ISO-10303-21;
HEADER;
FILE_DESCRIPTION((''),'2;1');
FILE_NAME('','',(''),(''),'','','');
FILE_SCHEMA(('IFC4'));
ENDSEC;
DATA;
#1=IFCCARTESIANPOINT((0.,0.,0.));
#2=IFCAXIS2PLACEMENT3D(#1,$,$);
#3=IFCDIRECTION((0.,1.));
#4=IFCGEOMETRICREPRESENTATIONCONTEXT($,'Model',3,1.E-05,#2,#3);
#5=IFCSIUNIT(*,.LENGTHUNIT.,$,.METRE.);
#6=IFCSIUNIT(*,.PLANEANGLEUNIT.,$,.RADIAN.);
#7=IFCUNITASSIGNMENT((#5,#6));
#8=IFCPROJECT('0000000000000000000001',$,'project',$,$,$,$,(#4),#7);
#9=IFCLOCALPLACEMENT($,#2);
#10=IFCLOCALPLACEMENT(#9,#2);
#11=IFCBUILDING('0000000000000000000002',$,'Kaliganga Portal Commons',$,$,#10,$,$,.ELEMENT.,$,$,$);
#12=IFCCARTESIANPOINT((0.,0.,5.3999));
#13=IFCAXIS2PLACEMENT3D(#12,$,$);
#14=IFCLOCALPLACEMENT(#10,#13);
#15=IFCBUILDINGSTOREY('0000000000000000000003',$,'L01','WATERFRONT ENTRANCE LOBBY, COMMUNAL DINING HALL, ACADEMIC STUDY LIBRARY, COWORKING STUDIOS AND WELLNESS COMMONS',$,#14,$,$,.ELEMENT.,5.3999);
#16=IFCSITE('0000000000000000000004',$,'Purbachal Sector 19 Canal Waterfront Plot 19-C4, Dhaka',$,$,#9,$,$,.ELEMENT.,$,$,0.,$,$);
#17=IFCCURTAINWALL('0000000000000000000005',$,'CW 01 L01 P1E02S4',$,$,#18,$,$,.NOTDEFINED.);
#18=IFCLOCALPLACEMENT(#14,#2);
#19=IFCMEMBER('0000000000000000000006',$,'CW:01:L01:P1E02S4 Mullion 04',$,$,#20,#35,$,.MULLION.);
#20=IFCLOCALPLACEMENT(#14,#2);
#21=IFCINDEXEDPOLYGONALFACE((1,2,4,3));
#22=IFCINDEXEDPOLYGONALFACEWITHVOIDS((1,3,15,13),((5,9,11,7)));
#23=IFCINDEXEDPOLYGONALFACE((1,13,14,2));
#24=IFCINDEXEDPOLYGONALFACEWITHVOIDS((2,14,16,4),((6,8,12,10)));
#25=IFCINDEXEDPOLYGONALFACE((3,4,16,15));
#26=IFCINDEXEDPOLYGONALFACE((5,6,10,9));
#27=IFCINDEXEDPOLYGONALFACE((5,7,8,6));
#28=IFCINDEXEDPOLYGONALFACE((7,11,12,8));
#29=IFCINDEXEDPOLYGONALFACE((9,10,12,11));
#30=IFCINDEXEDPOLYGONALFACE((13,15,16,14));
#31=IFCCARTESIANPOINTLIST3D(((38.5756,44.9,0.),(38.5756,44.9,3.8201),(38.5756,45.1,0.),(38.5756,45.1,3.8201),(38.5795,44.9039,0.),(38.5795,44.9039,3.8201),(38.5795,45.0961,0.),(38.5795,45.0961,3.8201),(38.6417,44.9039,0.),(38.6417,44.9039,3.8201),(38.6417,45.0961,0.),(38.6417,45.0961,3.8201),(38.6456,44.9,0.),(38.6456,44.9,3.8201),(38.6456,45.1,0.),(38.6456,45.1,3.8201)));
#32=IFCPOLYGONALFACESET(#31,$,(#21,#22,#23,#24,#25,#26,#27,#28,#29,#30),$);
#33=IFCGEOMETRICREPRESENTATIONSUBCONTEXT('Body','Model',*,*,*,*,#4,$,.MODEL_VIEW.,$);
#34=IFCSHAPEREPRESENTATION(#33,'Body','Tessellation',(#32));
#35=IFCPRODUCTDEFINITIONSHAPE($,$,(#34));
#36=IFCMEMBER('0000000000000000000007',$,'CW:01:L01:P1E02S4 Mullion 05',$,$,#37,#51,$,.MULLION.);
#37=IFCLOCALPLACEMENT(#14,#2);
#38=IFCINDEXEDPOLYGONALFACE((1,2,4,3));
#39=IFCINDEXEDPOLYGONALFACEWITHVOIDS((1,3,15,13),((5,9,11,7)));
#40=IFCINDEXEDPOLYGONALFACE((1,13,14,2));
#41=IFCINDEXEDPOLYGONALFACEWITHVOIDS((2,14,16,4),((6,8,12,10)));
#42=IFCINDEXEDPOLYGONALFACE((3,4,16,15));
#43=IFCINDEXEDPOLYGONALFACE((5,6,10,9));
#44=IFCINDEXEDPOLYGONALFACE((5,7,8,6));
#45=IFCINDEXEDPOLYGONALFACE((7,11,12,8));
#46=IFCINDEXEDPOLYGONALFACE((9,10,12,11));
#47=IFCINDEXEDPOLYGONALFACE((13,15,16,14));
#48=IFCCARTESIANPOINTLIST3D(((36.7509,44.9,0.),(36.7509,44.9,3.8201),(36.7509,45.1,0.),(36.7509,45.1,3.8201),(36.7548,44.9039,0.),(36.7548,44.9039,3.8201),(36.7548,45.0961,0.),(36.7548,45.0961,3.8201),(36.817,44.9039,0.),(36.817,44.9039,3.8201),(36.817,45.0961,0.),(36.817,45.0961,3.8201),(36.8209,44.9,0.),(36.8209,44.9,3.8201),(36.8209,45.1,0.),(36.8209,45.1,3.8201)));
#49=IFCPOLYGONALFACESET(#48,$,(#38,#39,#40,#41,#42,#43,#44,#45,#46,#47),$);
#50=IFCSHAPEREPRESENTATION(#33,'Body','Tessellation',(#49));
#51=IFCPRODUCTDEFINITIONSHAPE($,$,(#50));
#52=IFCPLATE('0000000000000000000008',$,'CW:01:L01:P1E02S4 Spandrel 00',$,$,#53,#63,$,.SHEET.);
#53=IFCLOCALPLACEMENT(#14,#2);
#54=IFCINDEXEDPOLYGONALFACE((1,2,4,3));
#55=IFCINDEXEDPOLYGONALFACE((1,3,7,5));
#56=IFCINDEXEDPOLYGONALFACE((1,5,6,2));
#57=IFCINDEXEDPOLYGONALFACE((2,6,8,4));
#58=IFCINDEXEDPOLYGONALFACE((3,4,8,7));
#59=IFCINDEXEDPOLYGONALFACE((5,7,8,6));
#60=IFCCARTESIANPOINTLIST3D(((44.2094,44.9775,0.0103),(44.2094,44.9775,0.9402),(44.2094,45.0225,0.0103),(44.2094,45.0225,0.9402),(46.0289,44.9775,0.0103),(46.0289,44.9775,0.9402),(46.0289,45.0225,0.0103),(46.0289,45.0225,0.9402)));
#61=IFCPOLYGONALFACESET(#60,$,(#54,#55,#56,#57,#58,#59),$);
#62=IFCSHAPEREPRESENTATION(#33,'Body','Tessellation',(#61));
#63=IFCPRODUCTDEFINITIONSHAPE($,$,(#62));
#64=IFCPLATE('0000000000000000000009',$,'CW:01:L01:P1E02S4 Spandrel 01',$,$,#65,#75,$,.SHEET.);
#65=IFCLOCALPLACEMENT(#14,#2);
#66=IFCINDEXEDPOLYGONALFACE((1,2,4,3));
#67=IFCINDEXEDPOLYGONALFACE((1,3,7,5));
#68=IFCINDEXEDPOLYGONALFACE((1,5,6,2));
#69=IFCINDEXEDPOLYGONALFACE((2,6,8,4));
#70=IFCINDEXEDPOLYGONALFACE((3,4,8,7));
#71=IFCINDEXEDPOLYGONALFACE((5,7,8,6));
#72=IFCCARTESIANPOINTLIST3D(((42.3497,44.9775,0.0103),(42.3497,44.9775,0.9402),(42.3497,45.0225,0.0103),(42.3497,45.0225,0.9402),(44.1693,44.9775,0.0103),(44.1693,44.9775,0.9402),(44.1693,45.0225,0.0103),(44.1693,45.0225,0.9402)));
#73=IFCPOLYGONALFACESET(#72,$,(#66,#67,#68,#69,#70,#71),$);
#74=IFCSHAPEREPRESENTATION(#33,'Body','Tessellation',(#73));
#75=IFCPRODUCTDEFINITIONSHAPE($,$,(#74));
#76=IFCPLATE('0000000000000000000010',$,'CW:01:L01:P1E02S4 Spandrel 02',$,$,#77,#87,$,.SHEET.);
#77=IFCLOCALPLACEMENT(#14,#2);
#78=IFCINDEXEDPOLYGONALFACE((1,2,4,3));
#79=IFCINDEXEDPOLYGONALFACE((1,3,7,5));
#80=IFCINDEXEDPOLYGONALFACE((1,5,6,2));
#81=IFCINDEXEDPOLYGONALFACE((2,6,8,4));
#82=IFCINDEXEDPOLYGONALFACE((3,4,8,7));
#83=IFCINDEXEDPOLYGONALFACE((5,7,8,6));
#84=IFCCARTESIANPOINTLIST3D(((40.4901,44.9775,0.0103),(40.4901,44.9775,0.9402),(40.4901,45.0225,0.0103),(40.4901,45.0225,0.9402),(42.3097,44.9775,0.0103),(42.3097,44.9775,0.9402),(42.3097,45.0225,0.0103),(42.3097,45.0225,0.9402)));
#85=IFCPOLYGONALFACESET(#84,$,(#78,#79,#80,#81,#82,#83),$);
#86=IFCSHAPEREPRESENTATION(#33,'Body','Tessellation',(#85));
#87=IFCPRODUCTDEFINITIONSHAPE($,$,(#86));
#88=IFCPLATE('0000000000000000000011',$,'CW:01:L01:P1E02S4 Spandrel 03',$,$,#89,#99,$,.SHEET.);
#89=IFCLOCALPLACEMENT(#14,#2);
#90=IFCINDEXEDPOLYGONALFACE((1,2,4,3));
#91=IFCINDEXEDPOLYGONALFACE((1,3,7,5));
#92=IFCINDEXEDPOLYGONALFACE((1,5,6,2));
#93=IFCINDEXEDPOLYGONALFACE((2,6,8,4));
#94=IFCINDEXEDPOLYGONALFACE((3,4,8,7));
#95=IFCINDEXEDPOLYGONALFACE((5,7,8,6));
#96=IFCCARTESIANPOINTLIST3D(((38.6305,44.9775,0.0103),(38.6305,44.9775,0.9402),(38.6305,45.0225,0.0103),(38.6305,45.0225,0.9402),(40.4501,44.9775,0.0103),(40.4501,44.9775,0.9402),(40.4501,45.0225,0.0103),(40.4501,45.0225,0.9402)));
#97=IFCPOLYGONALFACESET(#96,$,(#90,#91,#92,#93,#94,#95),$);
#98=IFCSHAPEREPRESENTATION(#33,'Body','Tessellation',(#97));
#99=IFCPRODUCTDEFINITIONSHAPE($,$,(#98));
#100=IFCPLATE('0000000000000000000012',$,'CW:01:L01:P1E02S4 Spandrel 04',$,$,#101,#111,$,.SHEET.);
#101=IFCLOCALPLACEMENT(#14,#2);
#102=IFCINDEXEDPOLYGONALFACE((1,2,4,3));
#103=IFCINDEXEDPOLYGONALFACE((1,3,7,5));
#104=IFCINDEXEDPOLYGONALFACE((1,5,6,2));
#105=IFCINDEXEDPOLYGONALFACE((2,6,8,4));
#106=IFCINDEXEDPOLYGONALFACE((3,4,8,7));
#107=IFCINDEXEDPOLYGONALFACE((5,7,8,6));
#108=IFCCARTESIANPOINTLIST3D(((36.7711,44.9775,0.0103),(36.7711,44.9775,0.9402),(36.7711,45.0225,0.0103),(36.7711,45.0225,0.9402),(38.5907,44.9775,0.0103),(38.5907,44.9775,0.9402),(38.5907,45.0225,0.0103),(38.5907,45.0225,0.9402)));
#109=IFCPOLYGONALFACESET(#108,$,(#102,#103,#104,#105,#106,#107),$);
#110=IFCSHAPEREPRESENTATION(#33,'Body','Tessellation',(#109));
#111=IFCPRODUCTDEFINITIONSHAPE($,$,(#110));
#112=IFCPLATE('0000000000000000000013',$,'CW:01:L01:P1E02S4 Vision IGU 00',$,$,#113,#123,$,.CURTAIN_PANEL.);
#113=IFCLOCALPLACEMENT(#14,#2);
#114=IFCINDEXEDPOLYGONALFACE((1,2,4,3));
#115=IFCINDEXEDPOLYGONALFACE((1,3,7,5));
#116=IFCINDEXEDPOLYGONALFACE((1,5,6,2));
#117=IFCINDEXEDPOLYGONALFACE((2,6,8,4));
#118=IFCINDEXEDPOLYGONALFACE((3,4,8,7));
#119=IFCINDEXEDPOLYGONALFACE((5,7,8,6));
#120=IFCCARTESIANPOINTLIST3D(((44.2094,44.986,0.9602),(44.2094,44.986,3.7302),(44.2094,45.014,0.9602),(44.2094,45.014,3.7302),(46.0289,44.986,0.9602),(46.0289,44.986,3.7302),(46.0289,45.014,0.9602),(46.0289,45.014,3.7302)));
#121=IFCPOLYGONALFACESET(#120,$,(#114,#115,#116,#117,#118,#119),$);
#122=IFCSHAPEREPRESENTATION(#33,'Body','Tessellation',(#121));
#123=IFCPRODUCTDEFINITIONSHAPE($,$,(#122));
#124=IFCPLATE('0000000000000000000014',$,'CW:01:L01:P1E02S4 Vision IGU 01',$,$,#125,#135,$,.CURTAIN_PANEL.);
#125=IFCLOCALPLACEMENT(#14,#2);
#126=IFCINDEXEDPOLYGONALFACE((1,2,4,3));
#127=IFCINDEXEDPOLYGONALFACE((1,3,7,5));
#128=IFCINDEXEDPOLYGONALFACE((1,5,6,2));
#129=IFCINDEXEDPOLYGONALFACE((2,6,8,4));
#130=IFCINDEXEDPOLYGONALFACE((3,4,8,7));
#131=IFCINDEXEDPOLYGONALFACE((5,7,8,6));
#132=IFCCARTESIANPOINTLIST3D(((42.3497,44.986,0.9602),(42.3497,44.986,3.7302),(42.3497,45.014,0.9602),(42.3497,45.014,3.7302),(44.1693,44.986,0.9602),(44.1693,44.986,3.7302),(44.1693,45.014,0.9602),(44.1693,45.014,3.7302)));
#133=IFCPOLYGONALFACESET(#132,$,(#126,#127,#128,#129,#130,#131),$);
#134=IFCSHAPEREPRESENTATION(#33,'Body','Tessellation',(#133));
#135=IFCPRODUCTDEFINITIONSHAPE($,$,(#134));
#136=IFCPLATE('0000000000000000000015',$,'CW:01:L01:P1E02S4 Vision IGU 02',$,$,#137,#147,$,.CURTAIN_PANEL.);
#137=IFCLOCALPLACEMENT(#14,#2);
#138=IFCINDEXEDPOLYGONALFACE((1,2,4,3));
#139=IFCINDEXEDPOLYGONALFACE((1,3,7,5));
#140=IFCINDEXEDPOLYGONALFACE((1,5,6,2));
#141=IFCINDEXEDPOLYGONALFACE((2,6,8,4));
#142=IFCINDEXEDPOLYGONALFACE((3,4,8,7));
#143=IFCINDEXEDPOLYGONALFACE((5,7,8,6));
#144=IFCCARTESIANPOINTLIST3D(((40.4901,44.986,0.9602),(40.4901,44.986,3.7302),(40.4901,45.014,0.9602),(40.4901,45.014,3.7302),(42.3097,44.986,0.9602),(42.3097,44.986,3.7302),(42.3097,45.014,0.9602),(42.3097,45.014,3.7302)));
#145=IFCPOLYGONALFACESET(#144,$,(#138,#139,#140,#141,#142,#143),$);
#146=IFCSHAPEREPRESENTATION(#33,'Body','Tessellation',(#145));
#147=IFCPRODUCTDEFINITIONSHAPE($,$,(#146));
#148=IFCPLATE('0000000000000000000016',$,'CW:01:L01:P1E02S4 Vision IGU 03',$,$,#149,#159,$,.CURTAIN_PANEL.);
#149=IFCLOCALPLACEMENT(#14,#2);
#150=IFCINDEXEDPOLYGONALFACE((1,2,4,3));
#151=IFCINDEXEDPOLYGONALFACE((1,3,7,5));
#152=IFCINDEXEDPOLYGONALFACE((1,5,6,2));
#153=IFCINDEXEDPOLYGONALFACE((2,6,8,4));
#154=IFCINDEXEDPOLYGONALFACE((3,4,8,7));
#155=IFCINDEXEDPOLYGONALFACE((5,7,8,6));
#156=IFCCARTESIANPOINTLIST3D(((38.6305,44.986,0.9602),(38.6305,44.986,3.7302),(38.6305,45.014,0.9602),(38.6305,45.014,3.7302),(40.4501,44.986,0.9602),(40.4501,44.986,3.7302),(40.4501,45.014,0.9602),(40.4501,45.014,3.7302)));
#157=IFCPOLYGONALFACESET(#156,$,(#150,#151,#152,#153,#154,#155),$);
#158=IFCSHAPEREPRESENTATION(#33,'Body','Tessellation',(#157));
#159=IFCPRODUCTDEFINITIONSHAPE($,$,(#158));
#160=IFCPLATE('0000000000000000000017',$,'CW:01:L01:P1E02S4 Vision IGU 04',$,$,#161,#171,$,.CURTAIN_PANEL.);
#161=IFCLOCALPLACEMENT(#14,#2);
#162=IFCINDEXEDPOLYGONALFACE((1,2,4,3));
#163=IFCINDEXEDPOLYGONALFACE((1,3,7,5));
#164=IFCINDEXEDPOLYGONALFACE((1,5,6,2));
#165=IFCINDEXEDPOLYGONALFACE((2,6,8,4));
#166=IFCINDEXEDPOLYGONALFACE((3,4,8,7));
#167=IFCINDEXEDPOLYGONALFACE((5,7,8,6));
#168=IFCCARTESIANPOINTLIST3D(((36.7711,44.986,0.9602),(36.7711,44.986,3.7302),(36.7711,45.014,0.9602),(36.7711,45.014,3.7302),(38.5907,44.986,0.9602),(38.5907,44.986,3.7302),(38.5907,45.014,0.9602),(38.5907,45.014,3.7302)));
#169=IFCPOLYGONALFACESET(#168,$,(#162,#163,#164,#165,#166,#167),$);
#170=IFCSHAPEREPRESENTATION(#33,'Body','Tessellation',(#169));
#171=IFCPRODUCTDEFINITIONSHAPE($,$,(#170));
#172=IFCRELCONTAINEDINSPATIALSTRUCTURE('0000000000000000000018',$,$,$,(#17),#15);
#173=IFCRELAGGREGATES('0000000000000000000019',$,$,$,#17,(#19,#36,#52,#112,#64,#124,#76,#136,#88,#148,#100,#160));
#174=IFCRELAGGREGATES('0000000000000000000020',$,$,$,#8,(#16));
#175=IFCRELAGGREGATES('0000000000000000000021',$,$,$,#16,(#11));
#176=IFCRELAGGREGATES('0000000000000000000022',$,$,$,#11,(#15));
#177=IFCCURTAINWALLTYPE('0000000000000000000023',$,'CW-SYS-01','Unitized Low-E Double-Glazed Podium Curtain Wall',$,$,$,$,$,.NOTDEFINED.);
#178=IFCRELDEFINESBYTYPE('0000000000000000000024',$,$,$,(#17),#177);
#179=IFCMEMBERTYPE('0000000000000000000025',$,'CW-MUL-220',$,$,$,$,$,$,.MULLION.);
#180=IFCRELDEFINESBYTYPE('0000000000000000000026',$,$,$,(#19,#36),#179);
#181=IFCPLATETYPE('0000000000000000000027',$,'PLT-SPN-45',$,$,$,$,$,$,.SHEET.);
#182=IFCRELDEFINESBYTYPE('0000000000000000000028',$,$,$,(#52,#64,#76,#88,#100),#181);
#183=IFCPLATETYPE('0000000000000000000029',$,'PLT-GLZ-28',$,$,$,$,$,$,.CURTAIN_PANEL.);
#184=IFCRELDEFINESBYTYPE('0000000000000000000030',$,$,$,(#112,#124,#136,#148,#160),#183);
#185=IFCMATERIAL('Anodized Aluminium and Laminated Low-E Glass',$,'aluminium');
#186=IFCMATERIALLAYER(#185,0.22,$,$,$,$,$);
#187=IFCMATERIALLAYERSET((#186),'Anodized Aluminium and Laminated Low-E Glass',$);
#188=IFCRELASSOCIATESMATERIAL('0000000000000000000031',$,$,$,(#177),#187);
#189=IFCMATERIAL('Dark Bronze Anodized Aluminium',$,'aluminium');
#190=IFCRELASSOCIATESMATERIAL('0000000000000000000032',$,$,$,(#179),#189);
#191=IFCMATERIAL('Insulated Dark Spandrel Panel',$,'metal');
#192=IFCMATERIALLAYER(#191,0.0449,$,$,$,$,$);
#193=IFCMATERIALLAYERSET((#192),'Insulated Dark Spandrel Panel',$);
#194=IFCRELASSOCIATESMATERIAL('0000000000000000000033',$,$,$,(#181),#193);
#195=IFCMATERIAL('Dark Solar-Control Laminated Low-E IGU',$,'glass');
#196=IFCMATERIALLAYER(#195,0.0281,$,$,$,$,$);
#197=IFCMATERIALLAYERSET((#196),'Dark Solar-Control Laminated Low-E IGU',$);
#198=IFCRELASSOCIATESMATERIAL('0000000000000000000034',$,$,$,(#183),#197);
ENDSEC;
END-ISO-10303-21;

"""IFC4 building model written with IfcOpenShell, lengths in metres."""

from ifc_helpers import new_model, si_unit, direction, frame, origin, origin_2d, place, context, subcontext, project, spatial, rectangle, hollow_rectangle, extrude, source, transform, mapped, material, layer, layer_set, material_profile, profile_set, type_object, element, aggregate, save


model = new_model("IFC4")

# Units and contexts
model_context = context("Model", 3, precision=1e-05, world=origin(), true_north=direction((0.0, 1.0)))
body_context = subcontext(model_context, "Body", "Model", "MODEL_VIEW")
ifc_project = project(units=[si_unit("LENGTHUNIT", "METRE"), si_unit("PLANEANGLEUNIT", "RADIAN")], contexts=[model_context])

# Site, building, storey
site_placement = place(None, origin())
site = spatial("IfcSite", under=ifc_project, at=site_placement, Name="Purbachal Sector 19 Canal Waterfront Plot 19-C4, Dhaka", CompositionType="ELEMENT", RefElevation=0.0)
building_placement = place(site_placement, origin())
building = spatial("IfcBuilding", under=site, at=building_placement, Name="Kaliganga Portal Commons", CompositionType="ELEMENT")
storey_placement = place(building_placement, frame((0.0, 0.0, 5.3999)))
storey = spatial("IfcBuildingStorey", under=building, at=storey_placement, Name="L01", Description="WATERFRONT ENTRANCE LOBBY, COMMUNAL DINING HALL, ACADEMIC STUDY LIBRARY, COWORKING STUDIOS AND WELLNESS COMMONS", CompositionType="ELEMENT", Elevation=5.3999)

# Curtain wall, members, plates
ifc_material_1 = material(Name="Anodized Aluminium and Laminated Low-E Glass", Category="aluminium")
ifc_layer_1 = layer(ifc_material_1, 0.22)
ifc_layer_set_1 = layer_set([ifc_layer_1], Name="Anodized Aluminium and Laminated Low-E Glass")
curtain_wall_type = type_object("IfcCurtainWallType", Name="CW-SYS-01", Description="Unitized Low-E Double-Glazed Podium Curtain Wall", PredefinedType="NOTDEFINED", material=ifc_layer_set_1)
curtain_wall_placement = place(storey_placement, origin())
curtain_wall = element("IfcCurtainWall", 1, at=curtain_wall_placement, inside=storey, type_object=curtain_wall_type, Name="CW 01 L01 P1E02S4", PredefinedType="NOTDEFINED")
ifc_material_2 = material(Name="Dark Bronze Anodized Aluminium", Category="aluminium")
ifc_material_profile_1 = material_profile(ifc_material_2, hollow_rectangle(XDim=0.0701, YDim=0.2, WallThickness=0.0039, at=origin_2d()), Name="ALU MULL 70x200x4")
ifc_profile_set_1 = profile_set([ifc_material_profile_1], Name="Dark Bronze Anodized Aluminium")
member_type_1 = type_object("IfcMemberType", Name="CW-MUL-220", PredefinedType="MULLION", material=ifc_profile_set_1)
shared_shape_1 = source(origin(), body_context, "Body", "SweptSolid", [
    extrude(hollow_rectangle(XDim=0.0701, YDim=0.2, WallThickness=0.0039, at=origin_2d()), origin(), (0.0, 0.0, 1.0), 3.8201),
])
member_1_placement = place(storey_placement, frame((38.6106, 45.0, 0.0), z_axis=(0.0, 0.0, 1.0), x_axis=(-1.0, 0.0, 0.0)))
member_1 = element("IfcMember", 2, at=member_1_placement, type_object=member_type_1, Name="CW:01:L01:P1E02S4 Mullion 04", PredefinedType="MULLION", context=body_context, shape_type="MappedRepresentation", body=[
    mapped(shared_shape_1, transform((0.0, 0.0, 0.0), x_axis=(1.0, 0.0, 0.0), y_axis=(0.0, 1.0, 0.0), z_axis=(0.0, 0.0, 1.0), scale=1.0)),
])
member_2_placement = place(storey_placement, frame((36.7859, 45.0, 0.0), z_axis=(0.0, 0.0, 1.0), x_axis=(-1.0, 0.0, 0.0)))
member_2 = element("IfcMember", 3, at=member_2_placement, type_object=member_type_1, Name="CW:01:L01:P1E02S4 Mullion 05", PredefinedType="MULLION", context=body_context, shape_type="MappedRepresentation", body=[
    mapped(shared_shape_1, transform((0.0, 0.0, 0.0), x_axis=(1.0, 0.0, 0.0), y_axis=(0.0, 1.0, 0.0), z_axis=(0.0, 0.0, 1.0), scale=1.0)),
])
ifc_material_3 = material(Name="Insulated Dark Spandrel Panel", Category="metal")
ifc_layer_2 = layer(ifc_material_3, 0.0449)
ifc_layer_set_2 = layer_set([ifc_layer_2], Name="Insulated Dark Spandrel Panel")
plate_type_1 = type_object("IfcPlateType", Name="PLT-SPN-45", PredefinedType="SHEET", material=ifc_layer_set_2)
shared_shape_2 = source(origin(), body_context, "Body", "SweptSolid", [
    extrude(rectangle(XDim=1.8196, YDim=0.0449, at=origin_2d()), origin(), (0.0, 0.0, 1.0), 0.9299),
])
plate_1_placement = place(storey_placement, frame((45.1191, 45.0, 0.0103), z_axis=(0.0, 0.0, 1.0), x_axis=(-1.0, 0.0, 0.0)))
plate_1 = element("IfcPlate", 4, at=plate_1_placement, type_object=plate_type_1, Name="CW:01:L01:P1E02S4 Spandrel 00", PredefinedType="SHEET", context=body_context, shape_type="MappedRepresentation", body=[
    mapped(shared_shape_2, transform((0.0, 0.0, 0.0), x_axis=(1.0, 0.0, 0.0), y_axis=(0.0, 1.0, 0.0), z_axis=(0.0, 0.0, 1.0), scale=1.0)),
])
plate_2_placement = place(storey_placement, frame((43.2595, 45.0, 0.0103), z_axis=(0.0, 0.0, 1.0), x_axis=(-1.0, 0.0, 0.0)))
plate_2 = element("IfcPlate", 5, at=plate_2_placement, type_object=plate_type_1, Name="CW:01:L01:P1E02S4 Spandrel 01", PredefinedType="SHEET", context=body_context, shape_type="MappedRepresentation", body=[
    mapped(shared_shape_2, transform((0.0, 0.0, 0.0), x_axis=(1.0, 0.0, 0.0), y_axis=(0.0, 1.0, 0.0), z_axis=(0.0, 0.0, 1.0), scale=1.0)),
])
plate_3_placement = place(storey_placement, frame((41.3999, 45.0, 0.0103), z_axis=(0.0, 0.0, 1.0), x_axis=(-1.0, 0.0, 0.0)))
plate_3 = element("IfcPlate", 6, at=plate_3_placement, type_object=plate_type_1, Name="CW:01:L01:P1E02S4 Spandrel 02", PredefinedType="SHEET", context=body_context, shape_type="MappedRepresentation", body=[
    mapped(shared_shape_2, transform((0.0, 0.0, 0.0), x_axis=(1.0, 0.0, 0.0), y_axis=(0.0, 1.0, 0.0), z_axis=(0.0, 0.0, 1.0), scale=1.0)),
])
plate_4_placement = place(storey_placement, frame((39.5403, 45.0, 0.0103), z_axis=(0.0, 0.0, 1.0), x_axis=(-1.0, 0.0, 0.0)))
plate_4 = element("IfcPlate", 7, at=plate_4_placement, type_object=plate_type_1, Name="CW:01:L01:P1E02S4 Spandrel 03", PredefinedType="SHEET", context=body_context, shape_type="MappedRepresentation", body=[
    mapped(shared_shape_2, transform((0.0, 0.0, 0.0), x_axis=(1.0, 0.0, 0.0), y_axis=(0.0, 1.0, 0.0), z_axis=(0.0, 0.0, 1.0), scale=1.0)),
])
plate_5_placement = place(storey_placement, frame((37.6809, 45.0, 0.0103), z_axis=(0.0, 0.0, 1.0), x_axis=(-1.0, 0.0, 0.0)))
plate_5 = element("IfcPlate", 8, at=plate_5_placement, type_object=plate_type_1, Name="CW:01:L01:P1E02S4 Spandrel 04", PredefinedType="SHEET", context=body_context, shape_type="MappedRepresentation", body=[
    mapped(shared_shape_2, transform((0.0, 0.0, 0.0), x_axis=(1.0, 0.0, 0.0), y_axis=(0.0, 1.0, 0.0), z_axis=(0.0, 0.0, 1.0), scale=1.0)),
])
ifc_material_4 = material(Name="Dark Solar-Control Laminated Low-E IGU", Category="glass")
ifc_layer_3 = layer(ifc_material_4, 0.0281)
ifc_layer_set_3 = layer_set([ifc_layer_3], Name="Dark Solar-Control Laminated Low-E IGU")
plate_type_2 = type_object("IfcPlateType", Name="PLT-GLZ-28", PredefinedType="CURTAIN_PANEL", material=ifc_layer_set_3)
shared_shape_3 = source(origin(), body_context, "Body", "SweptSolid", [
    extrude(rectangle(XDim=1.8196, YDim=0.0281, at=origin_2d()), origin(), (0.0, 0.0, 1.0), 2.77),
])
plate_6_placement = place(storey_placement, frame((45.1191, 45.0, 0.9602), z_axis=(0.0, 0.0, 1.0), x_axis=(-1.0, 0.0, 0.0)))
plate_6 = element("IfcPlate", 9, at=plate_6_placement, type_object=plate_type_2, Name="CW:01:L01:P1E02S4 Vision IGU 00", PredefinedType="CURTAIN_PANEL", context=body_context, shape_type="MappedRepresentation", body=[
    mapped(shared_shape_3, transform((0.0, 0.0, 0.0), x_axis=(1.0, 0.0, 0.0), y_axis=(0.0, 1.0, 0.0), z_axis=(0.0, 0.0, 1.0), scale=1.0)),
])
plate_7_placement = place(storey_placement, frame((43.2595, 45.0, 0.9602), z_axis=(0.0, 0.0, 1.0), x_axis=(-1.0, 0.0, 0.0)))
plate_7 = element("IfcPlate", 10, at=plate_7_placement, type_object=plate_type_2, Name="CW:01:L01:P1E02S4 Vision IGU 01", PredefinedType="CURTAIN_PANEL", context=body_context, shape_type="MappedRepresentation", body=[
    mapped(shared_shape_3, transform((0.0, 0.0, 0.0), x_axis=(1.0, 0.0, 0.0), y_axis=(0.0, 1.0, 0.0), z_axis=(0.0, 0.0, 1.0), scale=1.0)),
])
plate_8_placement = place(storey_placement, frame((41.3999, 45.0, 0.9602), z_axis=(0.0, 0.0, 1.0), x_axis=(-1.0, 0.0, 0.0)))
plate_8 = element("IfcPlate", 11, at=plate_8_placement, type_object=plate_type_2, Name="CW:01:L01:P1E02S4 Vision IGU 02", PredefinedType="CURTAIN_PANEL", context=body_context, shape_type="MappedRepresentation", body=[
    mapped(shared_shape_3, transform((0.0, 0.0, 0.0), x_axis=(1.0, 0.0, 0.0), y_axis=(0.0, 1.0, 0.0), z_axis=(0.0, 0.0, 1.0), scale=1.0)),
])
plate_9_placement = place(storey_placement, frame((39.5403, 45.0, 0.9602), z_axis=(0.0, 0.0, 1.0), x_axis=(-1.0, 0.0, 0.0)))
plate_9 = element("IfcPlate", 12, at=plate_9_placement, type_object=plate_type_2, Name="CW:01:L01:P1E02S4 Vision IGU 03", PredefinedType="CURTAIN_PANEL", context=body_context, shape_type="MappedRepresentation", body=[
    mapped(shared_shape_3, transform((0.0, 0.0, 0.0), x_axis=(1.0, 0.0, 0.0), y_axis=(0.0, 1.0, 0.0), z_axis=(0.0, 0.0, 1.0), scale=1.0)),
])
plate_10_placement = place(storey_placement, frame((37.6809, 45.0, 0.9602), z_axis=(0.0, 0.0, 1.0), x_axis=(-1.0, 0.0, 0.0)))
plate_10 = element("IfcPlate", 13, at=plate_10_placement, type_object=plate_type_2, Name="CW:01:L01:P1E02S4 Vision IGU 04", PredefinedType="CURTAIN_PANEL", context=body_context, shape_type="MappedRepresentation", body=[
    mapped(shared_shape_3, transform((0.0, 0.0, 0.0), x_axis=(1.0, 0.0, 0.0), y_axis=(0.0, 1.0, 0.0), z_axis=(0.0, 0.0, 1.0), scale=1.0)),
])
aggregate(curtain_wall, [member_1, member_2, plate_1, plate_6, plate_2, plate_7, plate_3, plate_8, plate_4, plate_9, plate_5, plate_10])

save(model, "model.ifc")
